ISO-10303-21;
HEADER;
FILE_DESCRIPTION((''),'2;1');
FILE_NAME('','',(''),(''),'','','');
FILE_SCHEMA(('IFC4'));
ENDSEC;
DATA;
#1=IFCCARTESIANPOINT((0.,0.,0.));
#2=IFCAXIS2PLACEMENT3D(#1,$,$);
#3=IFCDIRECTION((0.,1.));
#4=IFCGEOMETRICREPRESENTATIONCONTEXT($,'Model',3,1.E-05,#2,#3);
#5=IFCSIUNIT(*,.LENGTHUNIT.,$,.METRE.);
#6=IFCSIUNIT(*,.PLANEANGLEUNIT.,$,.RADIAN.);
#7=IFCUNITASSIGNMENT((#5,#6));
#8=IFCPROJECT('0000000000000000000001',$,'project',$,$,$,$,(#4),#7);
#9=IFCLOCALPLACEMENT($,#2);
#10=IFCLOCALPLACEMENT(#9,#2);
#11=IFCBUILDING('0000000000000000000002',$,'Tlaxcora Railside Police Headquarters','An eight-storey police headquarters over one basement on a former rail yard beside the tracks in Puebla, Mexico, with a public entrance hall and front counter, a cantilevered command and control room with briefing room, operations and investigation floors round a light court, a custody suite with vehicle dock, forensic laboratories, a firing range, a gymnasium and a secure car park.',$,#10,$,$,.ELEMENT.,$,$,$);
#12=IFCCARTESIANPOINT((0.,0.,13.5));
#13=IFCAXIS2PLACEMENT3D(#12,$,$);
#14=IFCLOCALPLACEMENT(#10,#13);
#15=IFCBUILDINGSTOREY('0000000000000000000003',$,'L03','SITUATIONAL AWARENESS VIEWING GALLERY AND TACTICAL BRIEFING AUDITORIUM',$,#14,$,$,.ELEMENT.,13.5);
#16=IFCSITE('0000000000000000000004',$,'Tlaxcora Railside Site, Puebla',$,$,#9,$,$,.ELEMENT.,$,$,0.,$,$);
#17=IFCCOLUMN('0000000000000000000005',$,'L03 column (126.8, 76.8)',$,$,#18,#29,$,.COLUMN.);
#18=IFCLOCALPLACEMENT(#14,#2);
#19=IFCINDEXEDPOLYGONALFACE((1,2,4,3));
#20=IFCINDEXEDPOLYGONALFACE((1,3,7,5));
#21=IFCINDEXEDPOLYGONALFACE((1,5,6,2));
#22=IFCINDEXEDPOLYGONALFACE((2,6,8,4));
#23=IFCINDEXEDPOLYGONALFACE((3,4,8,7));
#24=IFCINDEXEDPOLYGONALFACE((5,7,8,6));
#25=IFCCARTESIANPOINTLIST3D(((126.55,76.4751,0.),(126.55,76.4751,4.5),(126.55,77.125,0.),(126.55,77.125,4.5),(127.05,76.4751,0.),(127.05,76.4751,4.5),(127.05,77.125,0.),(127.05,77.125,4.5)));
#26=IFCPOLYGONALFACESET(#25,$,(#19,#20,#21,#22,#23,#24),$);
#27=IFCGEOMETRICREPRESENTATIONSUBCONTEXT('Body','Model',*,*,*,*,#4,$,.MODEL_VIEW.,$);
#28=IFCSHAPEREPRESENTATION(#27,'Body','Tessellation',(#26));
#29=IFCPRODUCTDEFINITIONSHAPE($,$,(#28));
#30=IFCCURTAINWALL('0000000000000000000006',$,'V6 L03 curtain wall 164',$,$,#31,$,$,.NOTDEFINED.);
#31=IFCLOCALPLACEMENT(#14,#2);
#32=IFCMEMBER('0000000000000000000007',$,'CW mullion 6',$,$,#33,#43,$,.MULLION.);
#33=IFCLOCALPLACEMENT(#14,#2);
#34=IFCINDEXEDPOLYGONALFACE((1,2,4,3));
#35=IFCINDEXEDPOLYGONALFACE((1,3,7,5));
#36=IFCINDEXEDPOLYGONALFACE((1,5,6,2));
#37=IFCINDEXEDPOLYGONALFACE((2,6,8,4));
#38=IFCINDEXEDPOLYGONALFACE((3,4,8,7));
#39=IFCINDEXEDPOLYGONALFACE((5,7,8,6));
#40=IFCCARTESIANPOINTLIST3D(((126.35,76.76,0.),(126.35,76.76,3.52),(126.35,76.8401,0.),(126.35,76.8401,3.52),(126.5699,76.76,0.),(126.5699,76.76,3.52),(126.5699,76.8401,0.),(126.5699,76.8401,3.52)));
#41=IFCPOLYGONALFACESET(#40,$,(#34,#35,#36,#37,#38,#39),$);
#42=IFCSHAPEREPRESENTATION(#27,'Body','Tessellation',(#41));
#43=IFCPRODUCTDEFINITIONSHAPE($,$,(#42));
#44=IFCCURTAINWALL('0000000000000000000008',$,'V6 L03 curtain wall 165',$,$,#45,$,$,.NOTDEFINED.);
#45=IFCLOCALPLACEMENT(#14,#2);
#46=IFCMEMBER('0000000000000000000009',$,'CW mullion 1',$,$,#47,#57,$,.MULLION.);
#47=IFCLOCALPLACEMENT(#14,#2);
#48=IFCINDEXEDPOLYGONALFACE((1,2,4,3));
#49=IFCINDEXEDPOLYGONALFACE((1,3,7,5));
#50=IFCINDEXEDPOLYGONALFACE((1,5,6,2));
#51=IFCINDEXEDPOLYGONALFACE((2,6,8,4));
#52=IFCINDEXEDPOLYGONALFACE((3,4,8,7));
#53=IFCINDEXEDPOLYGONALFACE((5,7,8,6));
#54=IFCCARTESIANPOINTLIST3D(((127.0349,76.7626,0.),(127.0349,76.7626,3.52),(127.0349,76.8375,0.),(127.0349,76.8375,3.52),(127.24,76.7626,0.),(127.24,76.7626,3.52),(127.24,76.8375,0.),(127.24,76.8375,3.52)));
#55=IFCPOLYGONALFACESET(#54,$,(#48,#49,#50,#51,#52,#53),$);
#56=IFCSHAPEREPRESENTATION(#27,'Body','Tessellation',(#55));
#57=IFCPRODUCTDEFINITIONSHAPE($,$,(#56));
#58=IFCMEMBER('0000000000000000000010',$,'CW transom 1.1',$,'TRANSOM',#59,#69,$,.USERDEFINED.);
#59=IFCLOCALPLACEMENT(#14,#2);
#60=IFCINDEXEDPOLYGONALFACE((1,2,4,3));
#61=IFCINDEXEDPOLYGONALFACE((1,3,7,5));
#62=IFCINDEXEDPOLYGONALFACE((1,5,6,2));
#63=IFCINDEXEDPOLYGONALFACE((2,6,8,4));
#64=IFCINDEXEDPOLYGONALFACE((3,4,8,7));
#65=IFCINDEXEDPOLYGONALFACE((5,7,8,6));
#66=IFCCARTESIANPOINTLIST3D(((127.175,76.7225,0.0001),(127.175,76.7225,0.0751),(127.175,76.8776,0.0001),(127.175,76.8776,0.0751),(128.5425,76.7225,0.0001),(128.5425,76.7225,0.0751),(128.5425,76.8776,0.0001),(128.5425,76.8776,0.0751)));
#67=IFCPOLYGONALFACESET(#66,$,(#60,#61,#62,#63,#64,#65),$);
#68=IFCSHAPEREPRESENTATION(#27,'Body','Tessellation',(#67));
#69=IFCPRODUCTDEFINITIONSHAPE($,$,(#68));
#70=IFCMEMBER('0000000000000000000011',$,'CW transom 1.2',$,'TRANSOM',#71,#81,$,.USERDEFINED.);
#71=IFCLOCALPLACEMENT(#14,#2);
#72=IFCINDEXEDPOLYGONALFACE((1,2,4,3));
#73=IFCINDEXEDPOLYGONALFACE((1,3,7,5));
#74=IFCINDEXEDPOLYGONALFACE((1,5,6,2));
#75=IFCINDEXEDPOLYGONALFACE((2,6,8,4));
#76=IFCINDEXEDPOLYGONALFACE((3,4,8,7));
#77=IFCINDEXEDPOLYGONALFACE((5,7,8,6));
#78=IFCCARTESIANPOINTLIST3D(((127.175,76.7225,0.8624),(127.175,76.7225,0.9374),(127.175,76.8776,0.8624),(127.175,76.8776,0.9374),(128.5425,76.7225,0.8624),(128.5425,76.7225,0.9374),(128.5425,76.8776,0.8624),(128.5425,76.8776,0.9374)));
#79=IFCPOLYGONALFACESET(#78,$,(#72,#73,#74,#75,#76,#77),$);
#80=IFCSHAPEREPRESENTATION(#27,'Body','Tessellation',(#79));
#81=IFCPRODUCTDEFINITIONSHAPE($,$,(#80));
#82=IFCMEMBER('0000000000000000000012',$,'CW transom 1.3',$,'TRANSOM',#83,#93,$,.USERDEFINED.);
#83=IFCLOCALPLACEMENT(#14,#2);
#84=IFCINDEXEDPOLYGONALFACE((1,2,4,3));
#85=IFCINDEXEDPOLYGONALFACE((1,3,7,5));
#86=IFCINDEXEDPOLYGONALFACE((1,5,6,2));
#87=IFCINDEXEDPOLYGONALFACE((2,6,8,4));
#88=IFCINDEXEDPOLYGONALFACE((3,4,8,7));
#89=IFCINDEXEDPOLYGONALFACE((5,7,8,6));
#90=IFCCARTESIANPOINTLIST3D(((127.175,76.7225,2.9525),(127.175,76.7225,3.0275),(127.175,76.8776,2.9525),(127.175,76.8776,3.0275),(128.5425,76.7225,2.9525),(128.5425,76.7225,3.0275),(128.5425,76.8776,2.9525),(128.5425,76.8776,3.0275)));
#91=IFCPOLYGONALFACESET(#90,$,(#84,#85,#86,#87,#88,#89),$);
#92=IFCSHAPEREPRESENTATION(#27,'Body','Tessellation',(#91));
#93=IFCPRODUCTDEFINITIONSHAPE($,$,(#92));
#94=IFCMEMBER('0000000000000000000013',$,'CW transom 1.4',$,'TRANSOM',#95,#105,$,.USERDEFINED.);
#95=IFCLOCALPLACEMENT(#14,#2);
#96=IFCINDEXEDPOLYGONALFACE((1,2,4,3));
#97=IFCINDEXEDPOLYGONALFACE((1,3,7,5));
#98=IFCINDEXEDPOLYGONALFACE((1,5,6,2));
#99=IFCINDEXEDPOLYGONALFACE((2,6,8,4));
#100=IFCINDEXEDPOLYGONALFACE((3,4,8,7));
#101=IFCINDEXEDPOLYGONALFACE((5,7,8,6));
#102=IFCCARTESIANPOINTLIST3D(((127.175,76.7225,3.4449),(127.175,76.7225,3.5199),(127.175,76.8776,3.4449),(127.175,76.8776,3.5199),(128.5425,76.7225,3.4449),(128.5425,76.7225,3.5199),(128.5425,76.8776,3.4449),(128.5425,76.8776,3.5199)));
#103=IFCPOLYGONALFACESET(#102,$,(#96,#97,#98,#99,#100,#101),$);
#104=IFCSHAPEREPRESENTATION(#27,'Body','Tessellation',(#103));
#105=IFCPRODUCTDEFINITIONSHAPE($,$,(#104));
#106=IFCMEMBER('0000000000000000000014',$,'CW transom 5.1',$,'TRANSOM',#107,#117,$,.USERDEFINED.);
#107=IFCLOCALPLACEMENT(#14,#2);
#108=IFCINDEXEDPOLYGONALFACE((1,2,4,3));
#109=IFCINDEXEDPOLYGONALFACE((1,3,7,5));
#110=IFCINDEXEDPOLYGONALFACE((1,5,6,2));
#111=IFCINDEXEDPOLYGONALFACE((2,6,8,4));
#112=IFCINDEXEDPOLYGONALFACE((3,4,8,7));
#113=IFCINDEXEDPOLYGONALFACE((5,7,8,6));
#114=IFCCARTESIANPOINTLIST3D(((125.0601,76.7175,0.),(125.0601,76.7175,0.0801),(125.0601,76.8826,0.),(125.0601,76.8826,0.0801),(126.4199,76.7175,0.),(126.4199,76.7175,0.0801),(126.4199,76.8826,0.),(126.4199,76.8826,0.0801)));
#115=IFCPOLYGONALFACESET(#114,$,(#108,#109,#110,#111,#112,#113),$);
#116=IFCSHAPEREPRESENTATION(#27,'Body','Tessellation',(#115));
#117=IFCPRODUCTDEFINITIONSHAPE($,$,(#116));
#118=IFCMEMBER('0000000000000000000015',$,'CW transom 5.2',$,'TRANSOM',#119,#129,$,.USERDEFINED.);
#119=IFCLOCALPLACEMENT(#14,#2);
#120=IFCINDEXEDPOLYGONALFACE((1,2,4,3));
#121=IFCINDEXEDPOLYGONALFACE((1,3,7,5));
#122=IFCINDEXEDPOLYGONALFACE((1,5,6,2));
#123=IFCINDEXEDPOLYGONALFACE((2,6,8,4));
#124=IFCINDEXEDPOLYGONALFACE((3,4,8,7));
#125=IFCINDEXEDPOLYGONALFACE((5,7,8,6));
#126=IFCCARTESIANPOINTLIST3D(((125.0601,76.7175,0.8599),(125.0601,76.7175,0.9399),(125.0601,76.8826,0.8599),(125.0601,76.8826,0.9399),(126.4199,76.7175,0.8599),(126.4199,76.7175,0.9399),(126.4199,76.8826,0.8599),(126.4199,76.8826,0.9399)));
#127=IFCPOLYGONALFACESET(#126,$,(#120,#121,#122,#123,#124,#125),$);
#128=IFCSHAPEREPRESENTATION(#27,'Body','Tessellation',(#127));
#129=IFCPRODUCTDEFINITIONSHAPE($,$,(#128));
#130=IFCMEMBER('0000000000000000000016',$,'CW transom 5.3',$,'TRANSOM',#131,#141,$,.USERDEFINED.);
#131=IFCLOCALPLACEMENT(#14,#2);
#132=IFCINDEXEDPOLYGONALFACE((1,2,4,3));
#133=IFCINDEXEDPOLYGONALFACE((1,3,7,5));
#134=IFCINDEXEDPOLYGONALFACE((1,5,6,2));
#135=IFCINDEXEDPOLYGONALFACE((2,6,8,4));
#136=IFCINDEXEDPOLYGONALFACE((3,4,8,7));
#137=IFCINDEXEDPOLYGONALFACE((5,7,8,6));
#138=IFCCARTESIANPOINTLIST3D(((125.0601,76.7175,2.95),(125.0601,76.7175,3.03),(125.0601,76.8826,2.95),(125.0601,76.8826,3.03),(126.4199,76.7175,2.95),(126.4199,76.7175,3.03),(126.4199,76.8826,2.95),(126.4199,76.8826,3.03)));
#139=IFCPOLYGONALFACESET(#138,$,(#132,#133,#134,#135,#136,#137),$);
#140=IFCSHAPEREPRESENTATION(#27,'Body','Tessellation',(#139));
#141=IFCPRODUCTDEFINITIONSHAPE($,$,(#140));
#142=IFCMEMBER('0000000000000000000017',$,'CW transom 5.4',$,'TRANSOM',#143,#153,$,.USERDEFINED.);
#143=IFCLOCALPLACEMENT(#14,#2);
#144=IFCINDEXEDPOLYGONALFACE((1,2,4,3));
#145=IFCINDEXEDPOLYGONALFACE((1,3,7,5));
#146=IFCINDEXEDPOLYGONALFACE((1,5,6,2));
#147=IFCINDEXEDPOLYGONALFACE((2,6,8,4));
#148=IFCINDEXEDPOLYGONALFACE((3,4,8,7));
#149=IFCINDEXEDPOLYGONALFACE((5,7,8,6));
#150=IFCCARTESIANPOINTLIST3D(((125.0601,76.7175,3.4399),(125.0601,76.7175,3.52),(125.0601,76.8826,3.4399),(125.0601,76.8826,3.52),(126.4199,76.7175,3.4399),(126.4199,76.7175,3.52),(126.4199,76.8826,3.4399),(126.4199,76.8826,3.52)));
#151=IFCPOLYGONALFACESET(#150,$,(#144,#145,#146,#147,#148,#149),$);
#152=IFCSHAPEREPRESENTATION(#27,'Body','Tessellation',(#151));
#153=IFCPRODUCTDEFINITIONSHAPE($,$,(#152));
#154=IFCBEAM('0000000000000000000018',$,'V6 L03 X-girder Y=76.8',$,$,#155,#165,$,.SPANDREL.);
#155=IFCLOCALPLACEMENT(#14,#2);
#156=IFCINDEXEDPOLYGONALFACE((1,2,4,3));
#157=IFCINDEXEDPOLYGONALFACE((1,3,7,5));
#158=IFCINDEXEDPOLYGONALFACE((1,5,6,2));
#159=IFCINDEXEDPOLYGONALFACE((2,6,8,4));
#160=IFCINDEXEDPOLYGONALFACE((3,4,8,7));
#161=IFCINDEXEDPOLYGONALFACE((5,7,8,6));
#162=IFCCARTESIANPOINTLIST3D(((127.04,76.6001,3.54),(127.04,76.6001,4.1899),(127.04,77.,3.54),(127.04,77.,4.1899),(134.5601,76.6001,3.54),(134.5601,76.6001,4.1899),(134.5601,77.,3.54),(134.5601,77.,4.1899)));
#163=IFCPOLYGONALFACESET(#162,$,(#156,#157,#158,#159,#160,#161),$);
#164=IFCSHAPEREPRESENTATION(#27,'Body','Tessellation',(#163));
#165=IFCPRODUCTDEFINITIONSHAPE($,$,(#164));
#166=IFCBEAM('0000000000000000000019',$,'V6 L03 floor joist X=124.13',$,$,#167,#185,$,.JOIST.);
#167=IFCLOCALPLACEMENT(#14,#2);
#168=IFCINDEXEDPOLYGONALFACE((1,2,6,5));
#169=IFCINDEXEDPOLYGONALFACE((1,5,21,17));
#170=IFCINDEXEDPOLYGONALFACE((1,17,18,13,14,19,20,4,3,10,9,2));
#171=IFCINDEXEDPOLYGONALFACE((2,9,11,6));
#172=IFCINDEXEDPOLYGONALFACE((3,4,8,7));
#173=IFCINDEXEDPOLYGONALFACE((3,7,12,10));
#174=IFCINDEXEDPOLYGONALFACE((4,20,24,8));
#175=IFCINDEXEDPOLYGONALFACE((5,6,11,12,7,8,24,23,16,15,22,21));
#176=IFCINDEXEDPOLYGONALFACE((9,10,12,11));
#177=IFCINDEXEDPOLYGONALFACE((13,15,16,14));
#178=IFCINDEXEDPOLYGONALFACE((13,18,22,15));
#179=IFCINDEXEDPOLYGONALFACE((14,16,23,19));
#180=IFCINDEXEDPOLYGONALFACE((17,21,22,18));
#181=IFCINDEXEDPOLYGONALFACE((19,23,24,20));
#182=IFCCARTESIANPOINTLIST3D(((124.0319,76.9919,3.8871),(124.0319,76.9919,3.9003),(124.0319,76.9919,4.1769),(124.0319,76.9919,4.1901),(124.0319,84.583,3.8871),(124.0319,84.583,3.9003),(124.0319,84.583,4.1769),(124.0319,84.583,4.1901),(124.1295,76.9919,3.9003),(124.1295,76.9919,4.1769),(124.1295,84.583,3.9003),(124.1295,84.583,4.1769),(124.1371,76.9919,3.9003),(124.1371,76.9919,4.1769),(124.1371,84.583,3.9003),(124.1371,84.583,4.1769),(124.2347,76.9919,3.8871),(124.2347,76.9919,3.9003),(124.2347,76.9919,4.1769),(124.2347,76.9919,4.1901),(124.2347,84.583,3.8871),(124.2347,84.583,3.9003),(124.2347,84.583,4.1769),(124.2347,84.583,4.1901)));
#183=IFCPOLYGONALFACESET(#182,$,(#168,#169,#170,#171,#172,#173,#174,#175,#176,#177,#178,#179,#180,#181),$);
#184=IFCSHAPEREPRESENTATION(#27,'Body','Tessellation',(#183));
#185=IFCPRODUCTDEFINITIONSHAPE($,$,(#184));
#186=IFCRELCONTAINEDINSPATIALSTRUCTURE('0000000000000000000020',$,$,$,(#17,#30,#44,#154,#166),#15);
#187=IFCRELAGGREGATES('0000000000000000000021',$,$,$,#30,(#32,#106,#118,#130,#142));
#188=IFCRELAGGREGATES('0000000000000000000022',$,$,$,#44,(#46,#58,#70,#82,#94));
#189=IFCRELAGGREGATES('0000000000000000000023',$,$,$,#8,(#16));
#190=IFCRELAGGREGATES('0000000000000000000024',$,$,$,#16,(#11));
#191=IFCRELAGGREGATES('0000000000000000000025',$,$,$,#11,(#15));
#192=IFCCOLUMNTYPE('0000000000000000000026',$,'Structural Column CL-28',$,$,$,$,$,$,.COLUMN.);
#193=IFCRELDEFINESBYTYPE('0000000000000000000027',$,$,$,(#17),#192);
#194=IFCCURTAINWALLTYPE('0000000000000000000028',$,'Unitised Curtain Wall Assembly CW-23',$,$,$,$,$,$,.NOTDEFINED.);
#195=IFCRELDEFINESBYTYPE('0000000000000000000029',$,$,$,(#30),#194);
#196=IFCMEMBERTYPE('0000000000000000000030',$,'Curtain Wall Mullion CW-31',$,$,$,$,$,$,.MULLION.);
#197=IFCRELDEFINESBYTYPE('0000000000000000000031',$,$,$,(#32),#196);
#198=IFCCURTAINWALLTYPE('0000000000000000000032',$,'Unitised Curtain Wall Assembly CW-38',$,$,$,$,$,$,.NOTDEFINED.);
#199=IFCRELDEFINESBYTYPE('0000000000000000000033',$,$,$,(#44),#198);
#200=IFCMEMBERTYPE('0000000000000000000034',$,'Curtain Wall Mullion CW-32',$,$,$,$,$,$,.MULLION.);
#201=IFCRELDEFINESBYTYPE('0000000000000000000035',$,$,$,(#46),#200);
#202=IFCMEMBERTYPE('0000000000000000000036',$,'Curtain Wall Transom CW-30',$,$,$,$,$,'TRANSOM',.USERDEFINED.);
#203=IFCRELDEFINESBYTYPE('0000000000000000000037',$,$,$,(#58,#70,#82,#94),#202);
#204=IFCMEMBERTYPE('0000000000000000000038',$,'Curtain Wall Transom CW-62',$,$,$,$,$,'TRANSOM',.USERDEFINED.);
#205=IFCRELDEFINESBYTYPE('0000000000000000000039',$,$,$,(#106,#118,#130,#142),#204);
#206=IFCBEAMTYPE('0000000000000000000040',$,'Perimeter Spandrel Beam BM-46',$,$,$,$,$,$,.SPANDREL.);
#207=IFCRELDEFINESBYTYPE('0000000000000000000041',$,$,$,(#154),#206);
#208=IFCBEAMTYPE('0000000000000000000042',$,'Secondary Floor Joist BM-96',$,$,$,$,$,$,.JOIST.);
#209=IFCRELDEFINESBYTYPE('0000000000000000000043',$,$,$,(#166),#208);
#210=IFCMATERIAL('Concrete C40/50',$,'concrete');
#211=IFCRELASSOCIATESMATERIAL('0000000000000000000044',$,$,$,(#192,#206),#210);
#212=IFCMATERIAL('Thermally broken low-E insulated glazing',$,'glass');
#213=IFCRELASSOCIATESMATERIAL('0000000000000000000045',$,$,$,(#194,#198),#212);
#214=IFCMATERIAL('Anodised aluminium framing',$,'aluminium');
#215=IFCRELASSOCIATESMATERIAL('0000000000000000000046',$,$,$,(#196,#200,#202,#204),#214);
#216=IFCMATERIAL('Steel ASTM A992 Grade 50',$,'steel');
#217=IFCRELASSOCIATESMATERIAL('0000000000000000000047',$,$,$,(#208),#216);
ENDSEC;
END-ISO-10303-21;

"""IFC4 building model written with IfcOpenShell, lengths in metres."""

from ifc_helpers import new_model, si_unit, direction, frame, origin, origin_2d, place, context, subcontext, project, spatial, rectangle, i_section, extrude, material, material_profile, profile_set, type_object, element, aggregate, save


model = new_model("IFC4")

# Units and contexts
model_context = context("Model", 3, precision=1e-05, world=origin(), true_north=direction((0.0, 1.0)))
body_context = subcontext(model_context, "Body", "Model", "MODEL_VIEW")
ifc_project = project(units=[si_unit("LENGTHUNIT", "METRE"), si_unit("PLANEANGLEUNIT", "RADIAN")], contexts=[model_context])

# Site, building, storey
site_placement = place(None, origin())
site = spatial("IfcSite", under=ifc_project, at=site_placement, Name="Tlaxcora Railside Site, Puebla", CompositionType="ELEMENT", RefElevation=0.0)
building_placement = place(site_placement, origin())
building = spatial("IfcBuilding", under=site, at=building_placement, Name="Tlaxcora Railside Police Headquarters", Description="An eight-storey police headquarters over one basement on a former rail yard beside the tracks in Puebla, Mexico, with a public entrance hall and front counter, a cantilevered command and control room with briefing room, operations and investigation floors round a light court, a custody suite with vehicle dock, forensic laboratories, a firing range, a gymnasium and a secure car park.", CompositionType="ELEMENT")
storey_placement = place(building_placement, frame((0.0, 0.0, 13.5)))
storey = spatial("IfcBuildingStorey", under=building, at=storey_placement, Name="L03", Description="SITUATIONAL AWARENESS VIEWING GALLERY AND TACTICAL BRIEFING AUDITORIUM", CompositionType="ELEMENT", Elevation=13.5)

# Column
ifc_material_1 = material(Name="Concrete C40/50", Category="concrete")
ifc_material_profile_1 = material_profile(ifc_material_1, rectangle(XDim=0.5, YDim=0.6499, at=origin_2d()), Name="RC500X650")
ifc_profile_set_1 = profile_set([ifc_material_profile_1], Name="Concrete C40/50")
column_type = type_object("IfcColumnType", Name="Structural Column CL-28", PredefinedType="COLUMN", material=ifc_profile_set_1)
column_placement = place(storey_placement, frame((126.8, 76.8, 0.0), z_axis=(0.0, 0.0, 1.0), x_axis=(1.0, 0.0, 0.0)))
element("IfcColumn", 1, at=column_placement, inside=storey, type_object=column_type, Name="L03 column (126.8, 76.8)", PredefinedType="COLUMN", context=body_context, shape_type="SweptSolid", body=[
    extrude(rectangle(XDim=0.5, YDim=0.6499, at=origin_2d()), origin(), (0.0, 0.0, 1.0), 4.5),
])

# Curtain wall, member
ifc_material_2 = material(Name="Thermally broken low-E insulated glazing", Category="glass")
curtain_wall_type_1 = type_object("IfcCurtainWallType", Name="Unitised Curtain Wall Assembly CW-23", PredefinedType="NOTDEFINED", material=ifc_material_2)
curtain_wall_1_placement = place(storey_placement, origin())
curtain_wall_1 = element("IfcCurtainWall", 2, at=curtain_wall_1_placement, inside=storey, type_object=curtain_wall_type_1, Name="V6 L03 curtain wall 164", PredefinedType="NOTDEFINED")
ifc_material_3 = material(Name="Anodised aluminium framing", Category="aluminium")
ifc_material_profile_2 = material_profile(ifc_material_3, rectangle(XDim=0.0801, YDim=0.22, at=origin_2d()), Name="AL80X220")
ifc_profile_set_2 = profile_set([ifc_material_profile_2], Name="Anodised aluminium framing")
member_type_1 = type_object("IfcMemberType", Name="Curtain Wall Mullion CW-31", PredefinedType="MULLION", material=ifc_profile_set_2)
member_1_placement = place(storey_placement, frame((126.46, 76.8, 0.0), z_axis=(0.0, 0.0, 1.0), x_axis=(0.0, 1.0, 0.0)))
member_1 = element("IfcMember", 3, at=member_1_placement, type_object=member_type_1, Name="CW mullion 6", PredefinedType="MULLION", context=body_context, shape_type="SweptSolid", body=[
    extrude(rectangle(XDim=0.0801, YDim=0.22, at=origin_2d()), origin(), (0.0, 0.0, 1.0), 3.52),
])

# Curtain wall, members
curtain_wall_type_2 = type_object("IfcCurtainWallType", Name="Unitised Curtain Wall Assembly CW-38", PredefinedType="NOTDEFINED", material=ifc_material_2)
curtain_wall_2_placement = place(storey_placement, origin())
curtain_wall_2 = element("IfcCurtainWall", 4, at=curtain_wall_2_placement, inside=storey, type_object=curtain_wall_type_2, Name="V6 L03 curtain wall 165", PredefinedType="NOTDEFINED")
ifc_material_profile_3 = material_profile(ifc_material_3, rectangle(XDim=0.075, YDim=0.2051, at=origin_2d()), Name="AL75X205")
ifc_profile_set_3 = profile_set([ifc_material_profile_3], Name="Anodised aluminium framing")
member_type_2 = type_object("IfcMemberType", Name="Curtain Wall Mullion CW-32", PredefinedType="MULLION", material=ifc_profile_set_3)
member_2_placement = place(storey_placement, frame((127.1375, 76.8, 0.0), z_axis=(0.0, 0.0, 1.0), x_axis=(0.0, 1.0, 0.0)))
member_2 = element("IfcMember", 5, at=member_2_placement, type_object=member_type_2, Name="CW mullion 1", PredefinedType="MULLION", context=body_context, shape_type="SweptSolid", body=[
    extrude(rectangle(XDim=0.075, YDim=0.2051, at=origin_2d()), origin(), (0.0, 0.0, 1.0), 3.52),
])
ifc_material_profile_4 = material_profile(ifc_material_3, rectangle(XDim=0.155, YDim=0.075, at=origin_2d()), Name="AL75X155")
ifc_profile_set_4 = profile_set([ifc_material_profile_4], Name="Anodised aluminium framing")
member_type_3 = type_object("IfcMemberType", Name="Curtain Wall Transom CW-30", ElementType="TRANSOM", PredefinedType="USERDEFINED", material=ifc_profile_set_4)
member_3_placement = place(storey_placement, frame((127.175, 76.8, 0.0376), z_axis=(1.0, 0.0, 0.0), x_axis=(0.0, 1.0, 0.0)))
member_3 = element("IfcMember", 6, at=member_3_placement, type_object=member_type_3, Name="CW transom 1.1", ObjectType="TRANSOM", PredefinedType="USERDEFINED", context=body_context, shape_type="SweptSolid", body=[
    extrude(rectangle(XDim=0.155, YDim=0.075, at=origin_2d()), origin(), (0.0, 0.0, 1.0), 1.3674),
])
member_4_placement = place(storey_placement, frame((127.175, 76.8, 0.8999), z_axis=(1.0, 0.0, 0.0), x_axis=(0.0, 1.0, 0.0)))
member_4 = element("IfcMember", 7, at=member_4_placement, type_object=member_type_3, Name="CW transom 1.2", ObjectType="TRANSOM", PredefinedType="USERDEFINED", context=body_context, shape_type="SweptSolid", body=[
    extrude(rectangle(XDim=0.155, YDim=0.075, at=origin_2d()), origin(), (0.0, 0.0, 1.0), 1.3674),
])
member_5_placement = place(storey_placement, frame((127.175, 76.8, 2.99), z_axis=(1.0, 0.0, 0.0), x_axis=(0.0, 1.0, 0.0)))
member_5 = element("IfcMember", 8, at=member_5_placement, type_object=member_type_3, Name="CW transom 1.3", ObjectType="TRANSOM", PredefinedType="USERDEFINED", context=body_context, shape_type="SweptSolid", body=[
    extrude(rectangle(XDim=0.155, YDim=0.075, at=origin_2d()), origin(), (0.0, 0.0, 1.0), 1.3674),
])
member_6_placement = place(storey_placement, frame((127.175, 76.8, 3.4824), z_axis=(1.0, 0.0, 0.0), x_axis=(0.0, 1.0, 0.0)))
member_6 = element("IfcMember", 9, at=member_6_placement, type_object=member_type_3, Name="CW transom 1.4", ObjectType="TRANSOM", PredefinedType="USERDEFINED", context=body_context, shape_type="SweptSolid", body=[
    extrude(rectangle(XDim=0.155, YDim=0.075, at=origin_2d()), origin(), (0.0, 0.0, 1.0), 1.3674),
])

# Members
ifc_material_profile_5 = material_profile(ifc_material_3, rectangle(XDim=0.165, YDim=0.0801, at=origin_2d()), Name="AL80X165")
ifc_profile_set_5 = profile_set([ifc_material_profile_5], Name="Anodised aluminium framing")
member_type_4 = type_object("IfcMemberType", Name="Curtain Wall Transom CW-62", ElementType="TRANSOM", PredefinedType="USERDEFINED", material=ifc_profile_set_5)
member_7_placement = place(storey_placement, frame((125.0601, 76.8, 0.04), z_axis=(1.0, 0.0, 0.0), x_axis=(0.0, 1.0, 0.0)))
member_7 = element("IfcMember", 10, at=member_7_placement, type_object=member_type_4, Name="CW transom 5.1", ObjectType="TRANSOM", PredefinedType="USERDEFINED", context=body_context, shape_type="SweptSolid", body=[
    extrude(rectangle(XDim=0.165, YDim=0.0801, at=origin_2d()), origin(), (0.0, 0.0, 1.0), 1.3599),
])
member_8_placement = place(storey_placement, frame((125.0601, 76.8, 0.8999), z_axis=(1.0, 0.0, 0.0), x_axis=(0.0, 1.0, 0.0)))
member_8 = element("IfcMember", 11, at=member_8_placement, type_object=member_type_4, Name="CW transom 5.2", ObjectType="TRANSOM", PredefinedType="USERDEFINED", context=body_context, shape_type="SweptSolid", body=[
    extrude(rectangle(XDim=0.165, YDim=0.0801, at=origin_2d()), origin(), (0.0, 0.0, 1.0), 1.3599),
])
member_9_placement = place(storey_placement, frame((125.0601, 76.8, 2.99), z_axis=(1.0, 0.0, 0.0), x_axis=(0.0, 1.0, 0.0)))
member_9 = element("IfcMember", 12, at=member_9_placement, type_object=member_type_4, Name="CW transom 5.3", ObjectType="TRANSOM", PredefinedType="USERDEFINED", context=body_context, shape_type="SweptSolid", body=[
    extrude(rectangle(XDim=0.165, YDim=0.0801, at=origin_2d()), origin(), (0.0, 0.0, 1.0), 1.3599),
])
member_10_placement = place(storey_placement, frame((125.0601, 76.8, 3.48), z_axis=(1.0, 0.0, 0.0), x_axis=(0.0, 1.0, 0.0)))
member_10 = element("IfcMember", 13, at=member_10_placement, type_object=member_type_4, Name="CW transom 5.4", ObjectType="TRANSOM", PredefinedType="USERDEFINED", context=body_context, shape_type="SweptSolid", body=[
    extrude(rectangle(XDim=0.165, YDim=0.0801, at=origin_2d()), origin(), (0.0, 0.0, 1.0), 1.3599),
])

# Beams
ifc_material_profile_6 = material_profile(ifc_material_1, rectangle(XDim=0.3999, YDim=0.6499, at=origin_2d()), Name="RC400X650")
ifc_profile_set_6 = profile_set([ifc_material_profile_6], Name="Concrete C40/50")
beam_type_1 = type_object("IfcBeamType", Name="Perimeter Spandrel Beam BM-46", PredefinedType="SPANDREL", material=ifc_profile_set_6)
beam_1_placement = place(storey_placement, frame((127.04, 76.8, 3.865), z_axis=(1.0, 0.0, 0.0), x_axis=(0.0, 1.0, 0.0)))
element("IfcBeam", 14, at=beam_1_placement, inside=storey, type_object=beam_type_1, Name="V6 L03 X-girder Y=76.8", PredefinedType="SPANDREL", context=body_context, shape_type="SweptSolid", body=[
    extrude(rectangle(XDim=0.3999, YDim=0.6499, at=origin_2d()), origin(), (0.0, 0.0, 1.0), 7.52),
])
ifc_material_4 = material(Name="Steel ASTM A992 Grade 50", Category="steel")
ifc_material_profile_7 = material_profile(ifc_material_4, i_section(OverallWidth=0.2029, OverallDepth=0.303, WebThickness=0.0076, FlangeThickness=0.0132, at=origin_2d()), Name="W12X40")
ifc_profile_set_7 = profile_set([ifc_material_profile_7], Name="Steel ASTM A992 Grade 50")
beam_type_2 = type_object("IfcBeamType", Name="Secondary Floor Joist BM-96", PredefinedType="JOIST", material=ifc_profile_set_7)
beam_2_placement = place(storey_placement, frame((124.1333, 76.9919, 4.0386), z_axis=(0.0, 1.0, 0.0), x_axis=(-1.0, 0.0, 0.0)))
element("IfcBeam", 15, at=beam_2_placement, inside=storey, type_object=beam_type_2, Name="V6 L03 floor joist X=124.13", PredefinedType="JOIST", context=body_context, shape_type="SweptSolid", body=[
    extrude(i_section(OverallWidth=0.2029, OverallDepth=0.303, WebThickness=0.0076, FlangeThickness=0.0132, at=origin_2d()), origin(), (0.0, 0.0, 1.0), 7.5911),
])

aggregate(curtain_wall_1, [member_1, member_7, member_8, member_9, member_10])
aggregate(curtain_wall_2, [member_2, member_3, member_4, member_5, member_6])

save(model, "model.ifc")
